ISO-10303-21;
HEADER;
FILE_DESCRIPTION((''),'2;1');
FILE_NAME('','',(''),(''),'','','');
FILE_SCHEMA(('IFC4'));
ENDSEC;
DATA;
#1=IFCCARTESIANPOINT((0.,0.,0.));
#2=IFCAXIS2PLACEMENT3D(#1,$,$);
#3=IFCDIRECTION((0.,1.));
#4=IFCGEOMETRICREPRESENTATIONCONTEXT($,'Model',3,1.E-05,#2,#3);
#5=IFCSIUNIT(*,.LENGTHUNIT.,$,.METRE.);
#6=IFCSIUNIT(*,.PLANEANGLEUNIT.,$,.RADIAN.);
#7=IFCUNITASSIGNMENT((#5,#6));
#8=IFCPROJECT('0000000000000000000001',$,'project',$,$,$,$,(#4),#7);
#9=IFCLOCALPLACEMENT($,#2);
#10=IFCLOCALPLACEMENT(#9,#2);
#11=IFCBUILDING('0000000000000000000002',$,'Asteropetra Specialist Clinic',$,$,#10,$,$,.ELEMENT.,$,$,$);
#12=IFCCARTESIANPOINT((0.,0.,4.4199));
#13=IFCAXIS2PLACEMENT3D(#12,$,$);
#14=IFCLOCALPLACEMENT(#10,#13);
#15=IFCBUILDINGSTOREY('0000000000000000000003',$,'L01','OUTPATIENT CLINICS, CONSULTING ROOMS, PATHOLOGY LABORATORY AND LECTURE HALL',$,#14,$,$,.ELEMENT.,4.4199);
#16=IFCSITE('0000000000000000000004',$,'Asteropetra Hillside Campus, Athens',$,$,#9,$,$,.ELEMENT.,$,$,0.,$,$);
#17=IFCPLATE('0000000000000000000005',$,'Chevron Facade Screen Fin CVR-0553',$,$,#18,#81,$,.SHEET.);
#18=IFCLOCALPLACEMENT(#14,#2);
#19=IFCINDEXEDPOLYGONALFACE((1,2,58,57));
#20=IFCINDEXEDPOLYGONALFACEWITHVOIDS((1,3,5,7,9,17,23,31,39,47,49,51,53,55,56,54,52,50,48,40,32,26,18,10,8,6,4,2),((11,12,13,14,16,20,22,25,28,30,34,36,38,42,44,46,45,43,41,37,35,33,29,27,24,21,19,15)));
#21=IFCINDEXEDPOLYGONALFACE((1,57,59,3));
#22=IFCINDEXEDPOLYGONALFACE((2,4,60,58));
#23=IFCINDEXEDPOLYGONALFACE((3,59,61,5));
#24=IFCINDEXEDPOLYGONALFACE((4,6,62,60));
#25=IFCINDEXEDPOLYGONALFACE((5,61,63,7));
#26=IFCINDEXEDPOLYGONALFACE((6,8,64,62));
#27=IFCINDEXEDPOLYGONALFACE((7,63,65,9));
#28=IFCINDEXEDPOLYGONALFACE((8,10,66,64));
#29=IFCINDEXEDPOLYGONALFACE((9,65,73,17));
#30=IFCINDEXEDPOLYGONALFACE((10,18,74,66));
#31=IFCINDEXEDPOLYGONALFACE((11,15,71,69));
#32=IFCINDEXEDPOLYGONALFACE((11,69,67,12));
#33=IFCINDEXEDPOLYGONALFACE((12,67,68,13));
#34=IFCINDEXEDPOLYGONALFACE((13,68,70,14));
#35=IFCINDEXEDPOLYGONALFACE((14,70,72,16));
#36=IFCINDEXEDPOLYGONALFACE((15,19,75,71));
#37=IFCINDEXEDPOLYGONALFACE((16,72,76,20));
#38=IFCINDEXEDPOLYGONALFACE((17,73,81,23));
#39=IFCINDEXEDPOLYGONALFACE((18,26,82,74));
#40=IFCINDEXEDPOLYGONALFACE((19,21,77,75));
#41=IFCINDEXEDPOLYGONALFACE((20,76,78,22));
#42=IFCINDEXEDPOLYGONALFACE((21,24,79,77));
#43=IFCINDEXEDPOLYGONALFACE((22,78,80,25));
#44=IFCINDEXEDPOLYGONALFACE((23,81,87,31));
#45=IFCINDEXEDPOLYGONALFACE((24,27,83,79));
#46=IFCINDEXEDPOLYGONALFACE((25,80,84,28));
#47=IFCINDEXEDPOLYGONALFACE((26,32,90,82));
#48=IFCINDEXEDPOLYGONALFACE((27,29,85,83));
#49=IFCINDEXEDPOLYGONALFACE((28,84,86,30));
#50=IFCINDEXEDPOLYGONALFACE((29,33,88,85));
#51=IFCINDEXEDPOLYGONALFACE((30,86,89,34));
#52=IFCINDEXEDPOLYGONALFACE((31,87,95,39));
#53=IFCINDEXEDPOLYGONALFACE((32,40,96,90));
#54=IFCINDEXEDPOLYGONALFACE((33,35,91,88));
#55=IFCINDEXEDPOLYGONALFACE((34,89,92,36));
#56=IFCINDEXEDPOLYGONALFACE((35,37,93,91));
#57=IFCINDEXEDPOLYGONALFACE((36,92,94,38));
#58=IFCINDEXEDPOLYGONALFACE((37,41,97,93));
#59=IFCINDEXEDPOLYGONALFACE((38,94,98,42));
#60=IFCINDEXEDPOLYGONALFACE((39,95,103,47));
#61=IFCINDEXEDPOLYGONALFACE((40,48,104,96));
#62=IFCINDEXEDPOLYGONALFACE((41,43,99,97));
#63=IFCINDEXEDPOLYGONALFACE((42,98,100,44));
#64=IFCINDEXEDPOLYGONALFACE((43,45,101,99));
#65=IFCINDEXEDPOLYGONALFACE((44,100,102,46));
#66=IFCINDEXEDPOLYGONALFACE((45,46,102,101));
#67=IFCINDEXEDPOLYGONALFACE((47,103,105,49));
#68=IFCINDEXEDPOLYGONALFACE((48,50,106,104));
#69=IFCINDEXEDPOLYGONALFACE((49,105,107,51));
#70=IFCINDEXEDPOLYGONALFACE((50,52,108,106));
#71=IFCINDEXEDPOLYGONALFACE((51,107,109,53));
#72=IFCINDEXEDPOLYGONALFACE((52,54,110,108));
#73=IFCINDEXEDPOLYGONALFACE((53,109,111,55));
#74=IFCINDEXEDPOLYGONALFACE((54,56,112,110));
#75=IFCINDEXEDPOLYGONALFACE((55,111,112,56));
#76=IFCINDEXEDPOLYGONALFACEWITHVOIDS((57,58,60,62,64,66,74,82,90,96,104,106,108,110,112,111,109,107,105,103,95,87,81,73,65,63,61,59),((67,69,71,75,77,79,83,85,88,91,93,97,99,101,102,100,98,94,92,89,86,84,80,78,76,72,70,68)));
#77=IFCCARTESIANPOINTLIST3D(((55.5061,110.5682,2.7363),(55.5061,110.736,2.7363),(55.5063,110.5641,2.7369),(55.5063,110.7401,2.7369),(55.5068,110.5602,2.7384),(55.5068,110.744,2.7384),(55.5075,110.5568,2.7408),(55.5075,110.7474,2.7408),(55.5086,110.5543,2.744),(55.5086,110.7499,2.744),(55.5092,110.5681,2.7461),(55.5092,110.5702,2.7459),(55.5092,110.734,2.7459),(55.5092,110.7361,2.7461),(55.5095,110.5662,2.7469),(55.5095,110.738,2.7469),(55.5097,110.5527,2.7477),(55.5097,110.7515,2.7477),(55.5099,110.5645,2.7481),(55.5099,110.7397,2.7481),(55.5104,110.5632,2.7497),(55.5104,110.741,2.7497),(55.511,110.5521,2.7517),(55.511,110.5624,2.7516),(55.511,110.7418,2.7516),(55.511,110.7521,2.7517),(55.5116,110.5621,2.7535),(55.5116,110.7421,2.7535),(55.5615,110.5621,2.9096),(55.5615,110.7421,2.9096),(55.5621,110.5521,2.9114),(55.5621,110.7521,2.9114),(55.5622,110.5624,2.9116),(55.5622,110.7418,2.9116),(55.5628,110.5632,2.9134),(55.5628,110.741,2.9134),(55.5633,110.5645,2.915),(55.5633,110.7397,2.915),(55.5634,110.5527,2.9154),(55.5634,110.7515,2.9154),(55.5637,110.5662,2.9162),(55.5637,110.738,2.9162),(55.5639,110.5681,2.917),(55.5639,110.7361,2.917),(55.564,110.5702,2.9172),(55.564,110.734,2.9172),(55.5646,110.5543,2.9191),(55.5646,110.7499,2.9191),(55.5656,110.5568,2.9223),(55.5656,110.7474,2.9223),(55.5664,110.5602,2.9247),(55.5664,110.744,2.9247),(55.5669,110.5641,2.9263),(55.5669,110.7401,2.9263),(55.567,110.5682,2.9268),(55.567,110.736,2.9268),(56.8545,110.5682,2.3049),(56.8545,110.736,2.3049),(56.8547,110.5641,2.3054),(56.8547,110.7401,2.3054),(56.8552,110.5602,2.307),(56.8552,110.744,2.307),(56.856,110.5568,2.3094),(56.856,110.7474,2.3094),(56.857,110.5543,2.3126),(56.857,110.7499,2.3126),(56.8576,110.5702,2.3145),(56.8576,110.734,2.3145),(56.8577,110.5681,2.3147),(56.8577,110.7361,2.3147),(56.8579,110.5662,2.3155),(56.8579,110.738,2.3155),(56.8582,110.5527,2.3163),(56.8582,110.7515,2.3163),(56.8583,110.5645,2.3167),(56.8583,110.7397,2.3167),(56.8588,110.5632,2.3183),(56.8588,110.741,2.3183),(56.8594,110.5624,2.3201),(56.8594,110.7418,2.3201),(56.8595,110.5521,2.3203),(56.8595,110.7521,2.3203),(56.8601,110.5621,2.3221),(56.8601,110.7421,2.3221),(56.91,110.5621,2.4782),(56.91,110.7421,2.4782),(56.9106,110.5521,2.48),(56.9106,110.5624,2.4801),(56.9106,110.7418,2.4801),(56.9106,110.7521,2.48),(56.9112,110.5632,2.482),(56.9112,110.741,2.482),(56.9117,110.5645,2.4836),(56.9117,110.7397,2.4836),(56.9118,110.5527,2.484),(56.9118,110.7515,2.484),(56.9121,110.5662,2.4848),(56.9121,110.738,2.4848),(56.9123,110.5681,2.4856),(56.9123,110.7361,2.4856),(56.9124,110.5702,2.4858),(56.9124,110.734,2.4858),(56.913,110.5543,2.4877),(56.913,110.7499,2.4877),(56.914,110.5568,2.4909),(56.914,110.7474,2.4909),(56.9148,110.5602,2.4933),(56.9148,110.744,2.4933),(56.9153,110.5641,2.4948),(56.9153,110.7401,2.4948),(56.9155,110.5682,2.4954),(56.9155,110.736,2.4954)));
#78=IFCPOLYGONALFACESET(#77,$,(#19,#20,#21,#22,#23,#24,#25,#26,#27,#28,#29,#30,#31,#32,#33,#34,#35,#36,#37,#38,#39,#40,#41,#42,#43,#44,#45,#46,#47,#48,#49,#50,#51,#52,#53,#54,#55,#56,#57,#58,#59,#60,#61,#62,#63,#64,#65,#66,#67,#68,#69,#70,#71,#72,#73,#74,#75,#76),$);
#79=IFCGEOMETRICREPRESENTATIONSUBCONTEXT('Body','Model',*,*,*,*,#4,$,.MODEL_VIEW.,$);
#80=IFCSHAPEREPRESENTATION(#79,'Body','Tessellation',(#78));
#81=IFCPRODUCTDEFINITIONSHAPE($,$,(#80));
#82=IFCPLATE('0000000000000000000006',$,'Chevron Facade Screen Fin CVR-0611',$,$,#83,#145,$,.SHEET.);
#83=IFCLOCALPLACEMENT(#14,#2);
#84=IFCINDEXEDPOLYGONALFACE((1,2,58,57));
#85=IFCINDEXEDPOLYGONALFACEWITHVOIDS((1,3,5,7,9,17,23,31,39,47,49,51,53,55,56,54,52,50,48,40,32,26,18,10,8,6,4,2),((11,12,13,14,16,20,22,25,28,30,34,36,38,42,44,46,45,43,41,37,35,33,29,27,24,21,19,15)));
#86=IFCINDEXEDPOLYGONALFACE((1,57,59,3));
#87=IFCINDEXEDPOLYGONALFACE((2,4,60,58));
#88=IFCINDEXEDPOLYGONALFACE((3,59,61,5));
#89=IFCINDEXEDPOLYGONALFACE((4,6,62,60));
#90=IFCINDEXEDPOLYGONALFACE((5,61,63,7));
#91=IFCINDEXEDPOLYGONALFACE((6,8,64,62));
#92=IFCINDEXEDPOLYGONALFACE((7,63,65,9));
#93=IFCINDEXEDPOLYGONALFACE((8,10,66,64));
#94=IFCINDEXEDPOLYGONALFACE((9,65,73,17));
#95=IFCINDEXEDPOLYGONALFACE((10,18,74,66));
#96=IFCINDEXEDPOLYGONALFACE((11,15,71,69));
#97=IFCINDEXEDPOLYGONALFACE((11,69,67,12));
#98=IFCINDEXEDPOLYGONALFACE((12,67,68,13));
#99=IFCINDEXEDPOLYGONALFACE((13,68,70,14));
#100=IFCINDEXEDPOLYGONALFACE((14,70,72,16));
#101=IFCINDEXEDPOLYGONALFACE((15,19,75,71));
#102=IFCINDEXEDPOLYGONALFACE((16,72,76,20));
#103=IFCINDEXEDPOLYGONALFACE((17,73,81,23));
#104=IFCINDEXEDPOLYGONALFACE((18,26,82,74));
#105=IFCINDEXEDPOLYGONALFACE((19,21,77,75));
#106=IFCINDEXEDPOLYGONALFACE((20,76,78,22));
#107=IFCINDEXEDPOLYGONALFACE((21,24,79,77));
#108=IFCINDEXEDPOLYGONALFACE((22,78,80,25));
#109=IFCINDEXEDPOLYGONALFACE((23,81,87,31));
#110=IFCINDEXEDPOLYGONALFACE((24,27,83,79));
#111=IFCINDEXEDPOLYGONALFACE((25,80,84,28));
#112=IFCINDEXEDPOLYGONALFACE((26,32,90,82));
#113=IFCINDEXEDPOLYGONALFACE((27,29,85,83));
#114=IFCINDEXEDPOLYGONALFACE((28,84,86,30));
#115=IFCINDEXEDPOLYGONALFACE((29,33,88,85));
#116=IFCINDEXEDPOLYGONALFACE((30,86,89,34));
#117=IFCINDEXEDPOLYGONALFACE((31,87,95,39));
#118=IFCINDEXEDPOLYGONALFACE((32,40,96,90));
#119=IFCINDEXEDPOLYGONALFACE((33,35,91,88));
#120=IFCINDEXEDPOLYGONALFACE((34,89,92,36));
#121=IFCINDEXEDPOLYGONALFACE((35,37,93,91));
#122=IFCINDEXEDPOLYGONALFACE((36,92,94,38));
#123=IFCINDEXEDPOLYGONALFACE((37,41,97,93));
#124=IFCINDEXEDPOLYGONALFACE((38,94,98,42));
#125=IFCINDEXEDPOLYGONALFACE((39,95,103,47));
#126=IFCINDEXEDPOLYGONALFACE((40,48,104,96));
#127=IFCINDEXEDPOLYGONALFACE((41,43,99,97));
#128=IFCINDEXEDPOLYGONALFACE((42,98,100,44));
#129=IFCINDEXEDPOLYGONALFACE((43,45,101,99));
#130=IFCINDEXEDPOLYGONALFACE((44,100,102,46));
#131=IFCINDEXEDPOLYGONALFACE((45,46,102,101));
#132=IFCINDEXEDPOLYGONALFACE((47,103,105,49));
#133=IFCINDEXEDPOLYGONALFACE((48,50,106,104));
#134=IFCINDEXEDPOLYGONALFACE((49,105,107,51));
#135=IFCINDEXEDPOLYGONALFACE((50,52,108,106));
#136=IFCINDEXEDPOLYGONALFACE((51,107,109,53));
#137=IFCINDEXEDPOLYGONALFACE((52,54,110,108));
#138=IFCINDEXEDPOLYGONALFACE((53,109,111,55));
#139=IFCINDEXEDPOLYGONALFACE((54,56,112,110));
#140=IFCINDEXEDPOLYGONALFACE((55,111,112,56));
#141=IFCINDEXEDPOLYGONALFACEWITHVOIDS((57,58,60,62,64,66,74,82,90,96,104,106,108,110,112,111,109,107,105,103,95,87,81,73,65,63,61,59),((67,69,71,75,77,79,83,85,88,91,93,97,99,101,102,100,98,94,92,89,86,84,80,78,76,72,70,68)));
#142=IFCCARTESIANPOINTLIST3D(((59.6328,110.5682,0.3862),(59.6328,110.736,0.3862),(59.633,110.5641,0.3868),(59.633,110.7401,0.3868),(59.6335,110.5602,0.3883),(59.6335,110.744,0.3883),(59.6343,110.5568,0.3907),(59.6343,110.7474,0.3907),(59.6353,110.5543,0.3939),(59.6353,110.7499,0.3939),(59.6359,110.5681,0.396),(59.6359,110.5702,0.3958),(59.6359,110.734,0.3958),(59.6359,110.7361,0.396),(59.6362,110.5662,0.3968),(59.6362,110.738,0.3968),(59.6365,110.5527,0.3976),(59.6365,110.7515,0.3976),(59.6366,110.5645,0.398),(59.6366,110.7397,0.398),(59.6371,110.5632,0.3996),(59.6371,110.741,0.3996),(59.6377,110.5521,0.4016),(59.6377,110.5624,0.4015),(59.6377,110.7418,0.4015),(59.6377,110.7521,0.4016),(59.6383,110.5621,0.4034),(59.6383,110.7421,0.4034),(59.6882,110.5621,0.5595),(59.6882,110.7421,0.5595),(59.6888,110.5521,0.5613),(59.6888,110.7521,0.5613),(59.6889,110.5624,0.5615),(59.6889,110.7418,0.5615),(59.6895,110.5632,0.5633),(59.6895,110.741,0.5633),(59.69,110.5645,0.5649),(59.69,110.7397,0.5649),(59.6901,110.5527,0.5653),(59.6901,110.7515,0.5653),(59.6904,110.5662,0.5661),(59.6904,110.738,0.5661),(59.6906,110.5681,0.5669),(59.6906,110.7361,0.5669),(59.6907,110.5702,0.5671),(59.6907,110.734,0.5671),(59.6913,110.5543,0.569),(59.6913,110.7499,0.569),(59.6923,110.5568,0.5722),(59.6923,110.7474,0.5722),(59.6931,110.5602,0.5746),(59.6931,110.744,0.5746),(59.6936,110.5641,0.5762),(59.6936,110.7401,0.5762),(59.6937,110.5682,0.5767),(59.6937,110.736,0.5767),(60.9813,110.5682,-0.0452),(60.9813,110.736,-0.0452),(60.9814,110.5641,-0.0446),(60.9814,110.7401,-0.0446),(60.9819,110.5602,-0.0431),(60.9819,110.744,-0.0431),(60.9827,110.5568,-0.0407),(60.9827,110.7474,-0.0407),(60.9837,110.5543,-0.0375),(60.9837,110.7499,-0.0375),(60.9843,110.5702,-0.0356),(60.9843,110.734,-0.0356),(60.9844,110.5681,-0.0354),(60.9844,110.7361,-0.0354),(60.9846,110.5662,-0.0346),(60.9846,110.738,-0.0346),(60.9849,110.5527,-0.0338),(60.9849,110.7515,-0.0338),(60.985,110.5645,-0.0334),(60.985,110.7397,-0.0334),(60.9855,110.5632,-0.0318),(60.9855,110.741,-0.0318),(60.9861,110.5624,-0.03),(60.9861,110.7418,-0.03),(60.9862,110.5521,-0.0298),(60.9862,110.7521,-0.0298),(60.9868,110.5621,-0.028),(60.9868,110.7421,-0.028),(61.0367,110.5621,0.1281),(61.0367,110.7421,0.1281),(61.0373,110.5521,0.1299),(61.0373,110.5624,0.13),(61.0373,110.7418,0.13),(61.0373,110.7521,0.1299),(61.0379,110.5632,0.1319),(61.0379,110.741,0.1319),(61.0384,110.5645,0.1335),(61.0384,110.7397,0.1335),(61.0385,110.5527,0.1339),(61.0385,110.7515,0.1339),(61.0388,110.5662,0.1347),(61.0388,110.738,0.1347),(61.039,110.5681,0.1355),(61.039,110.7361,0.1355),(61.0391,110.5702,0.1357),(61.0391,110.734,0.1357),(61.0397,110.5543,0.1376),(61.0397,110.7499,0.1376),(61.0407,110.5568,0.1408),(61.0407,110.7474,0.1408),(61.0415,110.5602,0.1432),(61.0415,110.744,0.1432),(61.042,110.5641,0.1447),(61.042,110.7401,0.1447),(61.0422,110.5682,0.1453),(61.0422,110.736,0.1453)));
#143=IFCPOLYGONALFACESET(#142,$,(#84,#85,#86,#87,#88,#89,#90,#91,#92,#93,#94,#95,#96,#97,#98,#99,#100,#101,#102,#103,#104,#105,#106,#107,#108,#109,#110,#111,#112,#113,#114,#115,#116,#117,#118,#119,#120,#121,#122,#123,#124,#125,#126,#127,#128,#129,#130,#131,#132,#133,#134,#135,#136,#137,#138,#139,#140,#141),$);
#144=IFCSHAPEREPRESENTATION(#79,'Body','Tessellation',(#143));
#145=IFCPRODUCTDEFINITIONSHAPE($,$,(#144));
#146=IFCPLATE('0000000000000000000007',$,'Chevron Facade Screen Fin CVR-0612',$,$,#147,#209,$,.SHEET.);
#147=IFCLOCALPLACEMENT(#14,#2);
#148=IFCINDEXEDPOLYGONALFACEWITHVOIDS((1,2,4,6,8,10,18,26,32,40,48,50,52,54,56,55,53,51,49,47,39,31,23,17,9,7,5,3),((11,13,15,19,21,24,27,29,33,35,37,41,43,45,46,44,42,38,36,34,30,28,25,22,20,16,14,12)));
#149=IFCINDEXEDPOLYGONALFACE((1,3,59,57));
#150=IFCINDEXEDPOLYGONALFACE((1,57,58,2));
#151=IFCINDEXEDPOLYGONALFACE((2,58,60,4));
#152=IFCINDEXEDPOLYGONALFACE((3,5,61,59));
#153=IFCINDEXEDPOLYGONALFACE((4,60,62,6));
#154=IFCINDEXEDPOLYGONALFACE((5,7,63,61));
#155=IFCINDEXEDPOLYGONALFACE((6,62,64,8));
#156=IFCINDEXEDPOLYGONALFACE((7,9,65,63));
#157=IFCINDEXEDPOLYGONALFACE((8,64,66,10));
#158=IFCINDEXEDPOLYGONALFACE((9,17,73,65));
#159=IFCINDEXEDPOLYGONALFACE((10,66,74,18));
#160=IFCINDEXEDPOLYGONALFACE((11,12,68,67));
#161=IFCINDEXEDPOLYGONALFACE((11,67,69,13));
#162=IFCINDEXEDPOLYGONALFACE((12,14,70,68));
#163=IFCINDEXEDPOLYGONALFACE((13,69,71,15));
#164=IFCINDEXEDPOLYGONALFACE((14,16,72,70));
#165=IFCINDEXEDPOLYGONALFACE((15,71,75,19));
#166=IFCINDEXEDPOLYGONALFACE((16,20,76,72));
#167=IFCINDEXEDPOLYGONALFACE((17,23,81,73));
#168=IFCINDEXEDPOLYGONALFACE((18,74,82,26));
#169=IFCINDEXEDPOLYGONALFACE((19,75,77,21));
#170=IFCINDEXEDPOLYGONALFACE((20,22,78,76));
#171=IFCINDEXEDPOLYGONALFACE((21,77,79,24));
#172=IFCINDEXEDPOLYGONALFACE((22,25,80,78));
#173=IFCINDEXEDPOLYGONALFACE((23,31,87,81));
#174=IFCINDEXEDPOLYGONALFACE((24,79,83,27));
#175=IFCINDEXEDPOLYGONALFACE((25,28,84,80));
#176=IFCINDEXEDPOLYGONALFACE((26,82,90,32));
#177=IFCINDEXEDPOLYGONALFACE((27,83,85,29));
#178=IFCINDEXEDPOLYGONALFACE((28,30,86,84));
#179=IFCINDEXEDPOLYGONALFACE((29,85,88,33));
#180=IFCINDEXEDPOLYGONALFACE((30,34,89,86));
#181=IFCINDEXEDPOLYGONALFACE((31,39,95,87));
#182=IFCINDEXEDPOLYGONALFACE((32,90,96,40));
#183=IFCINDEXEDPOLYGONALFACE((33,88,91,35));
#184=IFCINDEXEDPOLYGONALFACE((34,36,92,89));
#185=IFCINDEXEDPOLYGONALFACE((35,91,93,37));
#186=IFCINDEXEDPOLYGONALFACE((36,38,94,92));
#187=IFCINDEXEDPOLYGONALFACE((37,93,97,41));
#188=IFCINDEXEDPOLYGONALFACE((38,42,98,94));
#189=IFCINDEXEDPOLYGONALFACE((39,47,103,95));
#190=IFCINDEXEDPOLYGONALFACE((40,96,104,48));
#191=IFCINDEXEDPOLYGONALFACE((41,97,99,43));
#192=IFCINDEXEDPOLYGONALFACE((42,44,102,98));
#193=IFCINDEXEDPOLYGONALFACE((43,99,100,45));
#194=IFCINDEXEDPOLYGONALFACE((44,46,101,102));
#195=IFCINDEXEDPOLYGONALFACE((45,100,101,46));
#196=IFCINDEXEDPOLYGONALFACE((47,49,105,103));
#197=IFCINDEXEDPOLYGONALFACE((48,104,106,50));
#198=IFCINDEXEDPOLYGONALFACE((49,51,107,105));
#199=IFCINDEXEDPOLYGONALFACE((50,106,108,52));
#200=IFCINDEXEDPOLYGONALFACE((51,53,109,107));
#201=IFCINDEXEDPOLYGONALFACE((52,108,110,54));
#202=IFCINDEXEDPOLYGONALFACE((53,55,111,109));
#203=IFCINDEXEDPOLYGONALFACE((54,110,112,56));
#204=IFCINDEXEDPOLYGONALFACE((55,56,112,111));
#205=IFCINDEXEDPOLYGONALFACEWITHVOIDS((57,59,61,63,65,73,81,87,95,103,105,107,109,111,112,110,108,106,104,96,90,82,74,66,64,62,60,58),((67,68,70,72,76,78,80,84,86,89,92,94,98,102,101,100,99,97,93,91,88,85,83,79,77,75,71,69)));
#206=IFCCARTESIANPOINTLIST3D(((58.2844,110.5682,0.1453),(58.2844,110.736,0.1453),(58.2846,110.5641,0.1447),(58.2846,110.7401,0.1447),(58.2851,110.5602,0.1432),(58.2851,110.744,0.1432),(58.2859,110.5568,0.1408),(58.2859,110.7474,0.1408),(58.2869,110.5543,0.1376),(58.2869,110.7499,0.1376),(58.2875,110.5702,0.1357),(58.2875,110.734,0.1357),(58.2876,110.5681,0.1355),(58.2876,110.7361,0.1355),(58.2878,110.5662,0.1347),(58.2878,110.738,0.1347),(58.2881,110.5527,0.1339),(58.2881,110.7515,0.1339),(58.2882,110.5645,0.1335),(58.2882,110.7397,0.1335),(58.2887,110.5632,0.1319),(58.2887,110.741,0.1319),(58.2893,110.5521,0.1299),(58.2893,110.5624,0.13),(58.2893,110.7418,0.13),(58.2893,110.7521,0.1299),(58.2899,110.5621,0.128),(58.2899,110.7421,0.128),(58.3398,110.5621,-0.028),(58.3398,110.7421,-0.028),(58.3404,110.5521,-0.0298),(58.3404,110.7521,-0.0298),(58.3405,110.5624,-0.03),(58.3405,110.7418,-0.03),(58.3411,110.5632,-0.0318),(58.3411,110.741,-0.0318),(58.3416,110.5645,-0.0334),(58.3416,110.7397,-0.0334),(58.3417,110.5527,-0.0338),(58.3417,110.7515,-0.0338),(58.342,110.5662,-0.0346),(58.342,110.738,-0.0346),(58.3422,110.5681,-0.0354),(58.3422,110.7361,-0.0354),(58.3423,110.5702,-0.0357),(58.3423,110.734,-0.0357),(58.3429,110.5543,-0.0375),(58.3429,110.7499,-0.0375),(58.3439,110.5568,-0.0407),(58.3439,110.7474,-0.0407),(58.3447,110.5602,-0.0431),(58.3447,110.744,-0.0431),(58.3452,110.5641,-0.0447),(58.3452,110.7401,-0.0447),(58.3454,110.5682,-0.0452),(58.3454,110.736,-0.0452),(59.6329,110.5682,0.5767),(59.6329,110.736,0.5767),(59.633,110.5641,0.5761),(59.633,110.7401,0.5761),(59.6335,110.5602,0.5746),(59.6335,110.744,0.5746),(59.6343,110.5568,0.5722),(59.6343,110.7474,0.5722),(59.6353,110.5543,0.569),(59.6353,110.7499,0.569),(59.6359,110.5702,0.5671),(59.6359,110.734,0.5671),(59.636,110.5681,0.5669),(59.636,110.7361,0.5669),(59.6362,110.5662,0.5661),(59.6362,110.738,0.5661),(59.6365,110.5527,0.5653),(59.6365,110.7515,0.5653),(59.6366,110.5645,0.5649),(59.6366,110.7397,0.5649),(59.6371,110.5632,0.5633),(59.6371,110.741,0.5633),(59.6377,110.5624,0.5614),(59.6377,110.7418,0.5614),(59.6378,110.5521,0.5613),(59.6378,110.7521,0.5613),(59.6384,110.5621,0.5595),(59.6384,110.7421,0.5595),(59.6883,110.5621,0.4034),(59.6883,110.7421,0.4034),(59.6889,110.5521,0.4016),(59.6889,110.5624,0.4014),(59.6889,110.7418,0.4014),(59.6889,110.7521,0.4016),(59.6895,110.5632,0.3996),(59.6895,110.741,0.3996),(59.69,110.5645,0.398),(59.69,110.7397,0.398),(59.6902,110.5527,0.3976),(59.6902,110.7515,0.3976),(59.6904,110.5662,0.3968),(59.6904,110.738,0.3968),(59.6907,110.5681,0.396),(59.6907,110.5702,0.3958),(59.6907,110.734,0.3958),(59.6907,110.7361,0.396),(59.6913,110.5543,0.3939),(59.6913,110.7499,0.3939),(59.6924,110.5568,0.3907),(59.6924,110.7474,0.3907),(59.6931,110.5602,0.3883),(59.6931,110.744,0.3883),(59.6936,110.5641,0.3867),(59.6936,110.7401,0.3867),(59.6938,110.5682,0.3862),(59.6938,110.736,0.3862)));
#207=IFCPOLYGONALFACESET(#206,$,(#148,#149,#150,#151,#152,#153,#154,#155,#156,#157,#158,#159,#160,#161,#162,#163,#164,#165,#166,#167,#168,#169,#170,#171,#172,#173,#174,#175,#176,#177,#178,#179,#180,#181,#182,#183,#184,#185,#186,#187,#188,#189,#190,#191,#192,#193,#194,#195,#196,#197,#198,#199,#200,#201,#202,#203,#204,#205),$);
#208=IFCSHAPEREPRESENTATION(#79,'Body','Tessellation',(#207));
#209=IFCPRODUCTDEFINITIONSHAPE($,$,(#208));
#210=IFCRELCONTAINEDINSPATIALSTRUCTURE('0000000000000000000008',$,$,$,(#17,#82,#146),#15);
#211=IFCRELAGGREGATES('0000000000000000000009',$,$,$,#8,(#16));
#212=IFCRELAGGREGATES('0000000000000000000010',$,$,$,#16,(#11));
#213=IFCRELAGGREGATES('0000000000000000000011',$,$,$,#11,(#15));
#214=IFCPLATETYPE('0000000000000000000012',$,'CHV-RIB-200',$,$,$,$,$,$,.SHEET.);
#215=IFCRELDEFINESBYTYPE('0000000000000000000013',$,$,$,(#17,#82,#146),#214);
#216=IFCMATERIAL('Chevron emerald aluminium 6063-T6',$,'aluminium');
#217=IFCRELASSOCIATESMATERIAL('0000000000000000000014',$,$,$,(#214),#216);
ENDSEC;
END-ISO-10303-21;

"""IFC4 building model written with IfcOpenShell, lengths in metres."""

from ifc_helpers import new_model, si_unit, direction, frame, origin, origin_2d, place, context, subcontext, project, spatial, hollow_rectangle, extrude, material, material_profile, profile_set, type_object, element, save


model = new_model("IFC4")

# Units and contexts
model_context = context("Model", 3, precision=1e-05, world=origin(), true_north=direction((0.0, 1.0)))
body_context = subcontext(model_context, "Body", "Model", "MODEL_VIEW")
ifc_project = project(units=[si_unit("LENGTHUNIT", "METRE"), si_unit("PLANEANGLEUNIT", "RADIAN")], contexts=[model_context])

# Site, building, storey
site_placement = place(None, origin())
site = spatial("IfcSite", under=ifc_project, at=site_placement, Name="Asteropetra Hillside Campus, Athens", CompositionType="ELEMENT", RefElevation=0.0)
building_placement = place(site_placement, origin())
building = spatial("IfcBuilding", under=site, at=building_placement, Name="Asteropetra Specialist Clinic", CompositionType="ELEMENT")
storey_placement = place(building_placement, frame((0.0, 0.0, 4.4199)))
storey = spatial("IfcBuildingStorey", under=building, at=storey_placement, Name="L01", Description="OUTPATIENT CLINICS, CONSULTING ROOMS, PATHOLOGY LABORATORY AND LECTURE HALL", CompositionType="ELEMENT", Elevation=4.4199)

# Plates
ifc_material_1 = material(Name="Chevron emerald aluminium 6063-T6", Category="aluminium")
ifc_material_profile = material_profile(ifc_material_1, hollow_rectangle(XDim=0.2, YDim=0.2, WallThickness=0.01, InnerFilletRadius=0.0081, OuterFilletRadius=0.0161, at=origin_2d()), Name="SHS 200x200x10.0")
ifc_profile_set = profile_set([ifc_material_profile], Name="Chevron emerald aluminium 6063-T6")
plate_type_1 = type_object("IfcPlateType", Name="CHV-RIB-200", PredefinedType="SHEET", material=ifc_profile_set)
for number, where, z_axis, x_axis, name in (
    (1, (56.885, 110.6521, 2.4001), (-0.952442, 0.0, 0.304719), (0.0, -1.0, 0.0), "Chevron Facade Screen Fin CVR-0553"),
    (2, (61.0117, 110.6521, 0.05), (-0.952442, 0.0, 0.304719), (0.0, -1.0, 0.0), "Chevron Facade Screen Fin CVR-0611"),
    (3, (59.6633, 110.6521, 0.4814), (-0.952442, 0.0, -0.304719), (0.0, -1.0, 0.0), "Chevron Facade Screen Fin CVR-0612"),
):
    element("IfcPlate", number, at=place(storey_placement, frame(where, z_axis=z_axis, x_axis=x_axis)), inside=storey, type_object=plate_type_1, Name=name, PredefinedType="SHEET", context=body_context, shape_type="SweptSolid", body=[
        extrude(hollow_rectangle(XDim=0.2, YDim=0.2, WallThickness=0.01, InnerFilletRadius=0.0081, OuterFilletRadius=0.0161, at=origin_2d()), origin(), (0.0, 0.0, 1.0), 1.4158),
    ])

save(model, "model.ifc")
